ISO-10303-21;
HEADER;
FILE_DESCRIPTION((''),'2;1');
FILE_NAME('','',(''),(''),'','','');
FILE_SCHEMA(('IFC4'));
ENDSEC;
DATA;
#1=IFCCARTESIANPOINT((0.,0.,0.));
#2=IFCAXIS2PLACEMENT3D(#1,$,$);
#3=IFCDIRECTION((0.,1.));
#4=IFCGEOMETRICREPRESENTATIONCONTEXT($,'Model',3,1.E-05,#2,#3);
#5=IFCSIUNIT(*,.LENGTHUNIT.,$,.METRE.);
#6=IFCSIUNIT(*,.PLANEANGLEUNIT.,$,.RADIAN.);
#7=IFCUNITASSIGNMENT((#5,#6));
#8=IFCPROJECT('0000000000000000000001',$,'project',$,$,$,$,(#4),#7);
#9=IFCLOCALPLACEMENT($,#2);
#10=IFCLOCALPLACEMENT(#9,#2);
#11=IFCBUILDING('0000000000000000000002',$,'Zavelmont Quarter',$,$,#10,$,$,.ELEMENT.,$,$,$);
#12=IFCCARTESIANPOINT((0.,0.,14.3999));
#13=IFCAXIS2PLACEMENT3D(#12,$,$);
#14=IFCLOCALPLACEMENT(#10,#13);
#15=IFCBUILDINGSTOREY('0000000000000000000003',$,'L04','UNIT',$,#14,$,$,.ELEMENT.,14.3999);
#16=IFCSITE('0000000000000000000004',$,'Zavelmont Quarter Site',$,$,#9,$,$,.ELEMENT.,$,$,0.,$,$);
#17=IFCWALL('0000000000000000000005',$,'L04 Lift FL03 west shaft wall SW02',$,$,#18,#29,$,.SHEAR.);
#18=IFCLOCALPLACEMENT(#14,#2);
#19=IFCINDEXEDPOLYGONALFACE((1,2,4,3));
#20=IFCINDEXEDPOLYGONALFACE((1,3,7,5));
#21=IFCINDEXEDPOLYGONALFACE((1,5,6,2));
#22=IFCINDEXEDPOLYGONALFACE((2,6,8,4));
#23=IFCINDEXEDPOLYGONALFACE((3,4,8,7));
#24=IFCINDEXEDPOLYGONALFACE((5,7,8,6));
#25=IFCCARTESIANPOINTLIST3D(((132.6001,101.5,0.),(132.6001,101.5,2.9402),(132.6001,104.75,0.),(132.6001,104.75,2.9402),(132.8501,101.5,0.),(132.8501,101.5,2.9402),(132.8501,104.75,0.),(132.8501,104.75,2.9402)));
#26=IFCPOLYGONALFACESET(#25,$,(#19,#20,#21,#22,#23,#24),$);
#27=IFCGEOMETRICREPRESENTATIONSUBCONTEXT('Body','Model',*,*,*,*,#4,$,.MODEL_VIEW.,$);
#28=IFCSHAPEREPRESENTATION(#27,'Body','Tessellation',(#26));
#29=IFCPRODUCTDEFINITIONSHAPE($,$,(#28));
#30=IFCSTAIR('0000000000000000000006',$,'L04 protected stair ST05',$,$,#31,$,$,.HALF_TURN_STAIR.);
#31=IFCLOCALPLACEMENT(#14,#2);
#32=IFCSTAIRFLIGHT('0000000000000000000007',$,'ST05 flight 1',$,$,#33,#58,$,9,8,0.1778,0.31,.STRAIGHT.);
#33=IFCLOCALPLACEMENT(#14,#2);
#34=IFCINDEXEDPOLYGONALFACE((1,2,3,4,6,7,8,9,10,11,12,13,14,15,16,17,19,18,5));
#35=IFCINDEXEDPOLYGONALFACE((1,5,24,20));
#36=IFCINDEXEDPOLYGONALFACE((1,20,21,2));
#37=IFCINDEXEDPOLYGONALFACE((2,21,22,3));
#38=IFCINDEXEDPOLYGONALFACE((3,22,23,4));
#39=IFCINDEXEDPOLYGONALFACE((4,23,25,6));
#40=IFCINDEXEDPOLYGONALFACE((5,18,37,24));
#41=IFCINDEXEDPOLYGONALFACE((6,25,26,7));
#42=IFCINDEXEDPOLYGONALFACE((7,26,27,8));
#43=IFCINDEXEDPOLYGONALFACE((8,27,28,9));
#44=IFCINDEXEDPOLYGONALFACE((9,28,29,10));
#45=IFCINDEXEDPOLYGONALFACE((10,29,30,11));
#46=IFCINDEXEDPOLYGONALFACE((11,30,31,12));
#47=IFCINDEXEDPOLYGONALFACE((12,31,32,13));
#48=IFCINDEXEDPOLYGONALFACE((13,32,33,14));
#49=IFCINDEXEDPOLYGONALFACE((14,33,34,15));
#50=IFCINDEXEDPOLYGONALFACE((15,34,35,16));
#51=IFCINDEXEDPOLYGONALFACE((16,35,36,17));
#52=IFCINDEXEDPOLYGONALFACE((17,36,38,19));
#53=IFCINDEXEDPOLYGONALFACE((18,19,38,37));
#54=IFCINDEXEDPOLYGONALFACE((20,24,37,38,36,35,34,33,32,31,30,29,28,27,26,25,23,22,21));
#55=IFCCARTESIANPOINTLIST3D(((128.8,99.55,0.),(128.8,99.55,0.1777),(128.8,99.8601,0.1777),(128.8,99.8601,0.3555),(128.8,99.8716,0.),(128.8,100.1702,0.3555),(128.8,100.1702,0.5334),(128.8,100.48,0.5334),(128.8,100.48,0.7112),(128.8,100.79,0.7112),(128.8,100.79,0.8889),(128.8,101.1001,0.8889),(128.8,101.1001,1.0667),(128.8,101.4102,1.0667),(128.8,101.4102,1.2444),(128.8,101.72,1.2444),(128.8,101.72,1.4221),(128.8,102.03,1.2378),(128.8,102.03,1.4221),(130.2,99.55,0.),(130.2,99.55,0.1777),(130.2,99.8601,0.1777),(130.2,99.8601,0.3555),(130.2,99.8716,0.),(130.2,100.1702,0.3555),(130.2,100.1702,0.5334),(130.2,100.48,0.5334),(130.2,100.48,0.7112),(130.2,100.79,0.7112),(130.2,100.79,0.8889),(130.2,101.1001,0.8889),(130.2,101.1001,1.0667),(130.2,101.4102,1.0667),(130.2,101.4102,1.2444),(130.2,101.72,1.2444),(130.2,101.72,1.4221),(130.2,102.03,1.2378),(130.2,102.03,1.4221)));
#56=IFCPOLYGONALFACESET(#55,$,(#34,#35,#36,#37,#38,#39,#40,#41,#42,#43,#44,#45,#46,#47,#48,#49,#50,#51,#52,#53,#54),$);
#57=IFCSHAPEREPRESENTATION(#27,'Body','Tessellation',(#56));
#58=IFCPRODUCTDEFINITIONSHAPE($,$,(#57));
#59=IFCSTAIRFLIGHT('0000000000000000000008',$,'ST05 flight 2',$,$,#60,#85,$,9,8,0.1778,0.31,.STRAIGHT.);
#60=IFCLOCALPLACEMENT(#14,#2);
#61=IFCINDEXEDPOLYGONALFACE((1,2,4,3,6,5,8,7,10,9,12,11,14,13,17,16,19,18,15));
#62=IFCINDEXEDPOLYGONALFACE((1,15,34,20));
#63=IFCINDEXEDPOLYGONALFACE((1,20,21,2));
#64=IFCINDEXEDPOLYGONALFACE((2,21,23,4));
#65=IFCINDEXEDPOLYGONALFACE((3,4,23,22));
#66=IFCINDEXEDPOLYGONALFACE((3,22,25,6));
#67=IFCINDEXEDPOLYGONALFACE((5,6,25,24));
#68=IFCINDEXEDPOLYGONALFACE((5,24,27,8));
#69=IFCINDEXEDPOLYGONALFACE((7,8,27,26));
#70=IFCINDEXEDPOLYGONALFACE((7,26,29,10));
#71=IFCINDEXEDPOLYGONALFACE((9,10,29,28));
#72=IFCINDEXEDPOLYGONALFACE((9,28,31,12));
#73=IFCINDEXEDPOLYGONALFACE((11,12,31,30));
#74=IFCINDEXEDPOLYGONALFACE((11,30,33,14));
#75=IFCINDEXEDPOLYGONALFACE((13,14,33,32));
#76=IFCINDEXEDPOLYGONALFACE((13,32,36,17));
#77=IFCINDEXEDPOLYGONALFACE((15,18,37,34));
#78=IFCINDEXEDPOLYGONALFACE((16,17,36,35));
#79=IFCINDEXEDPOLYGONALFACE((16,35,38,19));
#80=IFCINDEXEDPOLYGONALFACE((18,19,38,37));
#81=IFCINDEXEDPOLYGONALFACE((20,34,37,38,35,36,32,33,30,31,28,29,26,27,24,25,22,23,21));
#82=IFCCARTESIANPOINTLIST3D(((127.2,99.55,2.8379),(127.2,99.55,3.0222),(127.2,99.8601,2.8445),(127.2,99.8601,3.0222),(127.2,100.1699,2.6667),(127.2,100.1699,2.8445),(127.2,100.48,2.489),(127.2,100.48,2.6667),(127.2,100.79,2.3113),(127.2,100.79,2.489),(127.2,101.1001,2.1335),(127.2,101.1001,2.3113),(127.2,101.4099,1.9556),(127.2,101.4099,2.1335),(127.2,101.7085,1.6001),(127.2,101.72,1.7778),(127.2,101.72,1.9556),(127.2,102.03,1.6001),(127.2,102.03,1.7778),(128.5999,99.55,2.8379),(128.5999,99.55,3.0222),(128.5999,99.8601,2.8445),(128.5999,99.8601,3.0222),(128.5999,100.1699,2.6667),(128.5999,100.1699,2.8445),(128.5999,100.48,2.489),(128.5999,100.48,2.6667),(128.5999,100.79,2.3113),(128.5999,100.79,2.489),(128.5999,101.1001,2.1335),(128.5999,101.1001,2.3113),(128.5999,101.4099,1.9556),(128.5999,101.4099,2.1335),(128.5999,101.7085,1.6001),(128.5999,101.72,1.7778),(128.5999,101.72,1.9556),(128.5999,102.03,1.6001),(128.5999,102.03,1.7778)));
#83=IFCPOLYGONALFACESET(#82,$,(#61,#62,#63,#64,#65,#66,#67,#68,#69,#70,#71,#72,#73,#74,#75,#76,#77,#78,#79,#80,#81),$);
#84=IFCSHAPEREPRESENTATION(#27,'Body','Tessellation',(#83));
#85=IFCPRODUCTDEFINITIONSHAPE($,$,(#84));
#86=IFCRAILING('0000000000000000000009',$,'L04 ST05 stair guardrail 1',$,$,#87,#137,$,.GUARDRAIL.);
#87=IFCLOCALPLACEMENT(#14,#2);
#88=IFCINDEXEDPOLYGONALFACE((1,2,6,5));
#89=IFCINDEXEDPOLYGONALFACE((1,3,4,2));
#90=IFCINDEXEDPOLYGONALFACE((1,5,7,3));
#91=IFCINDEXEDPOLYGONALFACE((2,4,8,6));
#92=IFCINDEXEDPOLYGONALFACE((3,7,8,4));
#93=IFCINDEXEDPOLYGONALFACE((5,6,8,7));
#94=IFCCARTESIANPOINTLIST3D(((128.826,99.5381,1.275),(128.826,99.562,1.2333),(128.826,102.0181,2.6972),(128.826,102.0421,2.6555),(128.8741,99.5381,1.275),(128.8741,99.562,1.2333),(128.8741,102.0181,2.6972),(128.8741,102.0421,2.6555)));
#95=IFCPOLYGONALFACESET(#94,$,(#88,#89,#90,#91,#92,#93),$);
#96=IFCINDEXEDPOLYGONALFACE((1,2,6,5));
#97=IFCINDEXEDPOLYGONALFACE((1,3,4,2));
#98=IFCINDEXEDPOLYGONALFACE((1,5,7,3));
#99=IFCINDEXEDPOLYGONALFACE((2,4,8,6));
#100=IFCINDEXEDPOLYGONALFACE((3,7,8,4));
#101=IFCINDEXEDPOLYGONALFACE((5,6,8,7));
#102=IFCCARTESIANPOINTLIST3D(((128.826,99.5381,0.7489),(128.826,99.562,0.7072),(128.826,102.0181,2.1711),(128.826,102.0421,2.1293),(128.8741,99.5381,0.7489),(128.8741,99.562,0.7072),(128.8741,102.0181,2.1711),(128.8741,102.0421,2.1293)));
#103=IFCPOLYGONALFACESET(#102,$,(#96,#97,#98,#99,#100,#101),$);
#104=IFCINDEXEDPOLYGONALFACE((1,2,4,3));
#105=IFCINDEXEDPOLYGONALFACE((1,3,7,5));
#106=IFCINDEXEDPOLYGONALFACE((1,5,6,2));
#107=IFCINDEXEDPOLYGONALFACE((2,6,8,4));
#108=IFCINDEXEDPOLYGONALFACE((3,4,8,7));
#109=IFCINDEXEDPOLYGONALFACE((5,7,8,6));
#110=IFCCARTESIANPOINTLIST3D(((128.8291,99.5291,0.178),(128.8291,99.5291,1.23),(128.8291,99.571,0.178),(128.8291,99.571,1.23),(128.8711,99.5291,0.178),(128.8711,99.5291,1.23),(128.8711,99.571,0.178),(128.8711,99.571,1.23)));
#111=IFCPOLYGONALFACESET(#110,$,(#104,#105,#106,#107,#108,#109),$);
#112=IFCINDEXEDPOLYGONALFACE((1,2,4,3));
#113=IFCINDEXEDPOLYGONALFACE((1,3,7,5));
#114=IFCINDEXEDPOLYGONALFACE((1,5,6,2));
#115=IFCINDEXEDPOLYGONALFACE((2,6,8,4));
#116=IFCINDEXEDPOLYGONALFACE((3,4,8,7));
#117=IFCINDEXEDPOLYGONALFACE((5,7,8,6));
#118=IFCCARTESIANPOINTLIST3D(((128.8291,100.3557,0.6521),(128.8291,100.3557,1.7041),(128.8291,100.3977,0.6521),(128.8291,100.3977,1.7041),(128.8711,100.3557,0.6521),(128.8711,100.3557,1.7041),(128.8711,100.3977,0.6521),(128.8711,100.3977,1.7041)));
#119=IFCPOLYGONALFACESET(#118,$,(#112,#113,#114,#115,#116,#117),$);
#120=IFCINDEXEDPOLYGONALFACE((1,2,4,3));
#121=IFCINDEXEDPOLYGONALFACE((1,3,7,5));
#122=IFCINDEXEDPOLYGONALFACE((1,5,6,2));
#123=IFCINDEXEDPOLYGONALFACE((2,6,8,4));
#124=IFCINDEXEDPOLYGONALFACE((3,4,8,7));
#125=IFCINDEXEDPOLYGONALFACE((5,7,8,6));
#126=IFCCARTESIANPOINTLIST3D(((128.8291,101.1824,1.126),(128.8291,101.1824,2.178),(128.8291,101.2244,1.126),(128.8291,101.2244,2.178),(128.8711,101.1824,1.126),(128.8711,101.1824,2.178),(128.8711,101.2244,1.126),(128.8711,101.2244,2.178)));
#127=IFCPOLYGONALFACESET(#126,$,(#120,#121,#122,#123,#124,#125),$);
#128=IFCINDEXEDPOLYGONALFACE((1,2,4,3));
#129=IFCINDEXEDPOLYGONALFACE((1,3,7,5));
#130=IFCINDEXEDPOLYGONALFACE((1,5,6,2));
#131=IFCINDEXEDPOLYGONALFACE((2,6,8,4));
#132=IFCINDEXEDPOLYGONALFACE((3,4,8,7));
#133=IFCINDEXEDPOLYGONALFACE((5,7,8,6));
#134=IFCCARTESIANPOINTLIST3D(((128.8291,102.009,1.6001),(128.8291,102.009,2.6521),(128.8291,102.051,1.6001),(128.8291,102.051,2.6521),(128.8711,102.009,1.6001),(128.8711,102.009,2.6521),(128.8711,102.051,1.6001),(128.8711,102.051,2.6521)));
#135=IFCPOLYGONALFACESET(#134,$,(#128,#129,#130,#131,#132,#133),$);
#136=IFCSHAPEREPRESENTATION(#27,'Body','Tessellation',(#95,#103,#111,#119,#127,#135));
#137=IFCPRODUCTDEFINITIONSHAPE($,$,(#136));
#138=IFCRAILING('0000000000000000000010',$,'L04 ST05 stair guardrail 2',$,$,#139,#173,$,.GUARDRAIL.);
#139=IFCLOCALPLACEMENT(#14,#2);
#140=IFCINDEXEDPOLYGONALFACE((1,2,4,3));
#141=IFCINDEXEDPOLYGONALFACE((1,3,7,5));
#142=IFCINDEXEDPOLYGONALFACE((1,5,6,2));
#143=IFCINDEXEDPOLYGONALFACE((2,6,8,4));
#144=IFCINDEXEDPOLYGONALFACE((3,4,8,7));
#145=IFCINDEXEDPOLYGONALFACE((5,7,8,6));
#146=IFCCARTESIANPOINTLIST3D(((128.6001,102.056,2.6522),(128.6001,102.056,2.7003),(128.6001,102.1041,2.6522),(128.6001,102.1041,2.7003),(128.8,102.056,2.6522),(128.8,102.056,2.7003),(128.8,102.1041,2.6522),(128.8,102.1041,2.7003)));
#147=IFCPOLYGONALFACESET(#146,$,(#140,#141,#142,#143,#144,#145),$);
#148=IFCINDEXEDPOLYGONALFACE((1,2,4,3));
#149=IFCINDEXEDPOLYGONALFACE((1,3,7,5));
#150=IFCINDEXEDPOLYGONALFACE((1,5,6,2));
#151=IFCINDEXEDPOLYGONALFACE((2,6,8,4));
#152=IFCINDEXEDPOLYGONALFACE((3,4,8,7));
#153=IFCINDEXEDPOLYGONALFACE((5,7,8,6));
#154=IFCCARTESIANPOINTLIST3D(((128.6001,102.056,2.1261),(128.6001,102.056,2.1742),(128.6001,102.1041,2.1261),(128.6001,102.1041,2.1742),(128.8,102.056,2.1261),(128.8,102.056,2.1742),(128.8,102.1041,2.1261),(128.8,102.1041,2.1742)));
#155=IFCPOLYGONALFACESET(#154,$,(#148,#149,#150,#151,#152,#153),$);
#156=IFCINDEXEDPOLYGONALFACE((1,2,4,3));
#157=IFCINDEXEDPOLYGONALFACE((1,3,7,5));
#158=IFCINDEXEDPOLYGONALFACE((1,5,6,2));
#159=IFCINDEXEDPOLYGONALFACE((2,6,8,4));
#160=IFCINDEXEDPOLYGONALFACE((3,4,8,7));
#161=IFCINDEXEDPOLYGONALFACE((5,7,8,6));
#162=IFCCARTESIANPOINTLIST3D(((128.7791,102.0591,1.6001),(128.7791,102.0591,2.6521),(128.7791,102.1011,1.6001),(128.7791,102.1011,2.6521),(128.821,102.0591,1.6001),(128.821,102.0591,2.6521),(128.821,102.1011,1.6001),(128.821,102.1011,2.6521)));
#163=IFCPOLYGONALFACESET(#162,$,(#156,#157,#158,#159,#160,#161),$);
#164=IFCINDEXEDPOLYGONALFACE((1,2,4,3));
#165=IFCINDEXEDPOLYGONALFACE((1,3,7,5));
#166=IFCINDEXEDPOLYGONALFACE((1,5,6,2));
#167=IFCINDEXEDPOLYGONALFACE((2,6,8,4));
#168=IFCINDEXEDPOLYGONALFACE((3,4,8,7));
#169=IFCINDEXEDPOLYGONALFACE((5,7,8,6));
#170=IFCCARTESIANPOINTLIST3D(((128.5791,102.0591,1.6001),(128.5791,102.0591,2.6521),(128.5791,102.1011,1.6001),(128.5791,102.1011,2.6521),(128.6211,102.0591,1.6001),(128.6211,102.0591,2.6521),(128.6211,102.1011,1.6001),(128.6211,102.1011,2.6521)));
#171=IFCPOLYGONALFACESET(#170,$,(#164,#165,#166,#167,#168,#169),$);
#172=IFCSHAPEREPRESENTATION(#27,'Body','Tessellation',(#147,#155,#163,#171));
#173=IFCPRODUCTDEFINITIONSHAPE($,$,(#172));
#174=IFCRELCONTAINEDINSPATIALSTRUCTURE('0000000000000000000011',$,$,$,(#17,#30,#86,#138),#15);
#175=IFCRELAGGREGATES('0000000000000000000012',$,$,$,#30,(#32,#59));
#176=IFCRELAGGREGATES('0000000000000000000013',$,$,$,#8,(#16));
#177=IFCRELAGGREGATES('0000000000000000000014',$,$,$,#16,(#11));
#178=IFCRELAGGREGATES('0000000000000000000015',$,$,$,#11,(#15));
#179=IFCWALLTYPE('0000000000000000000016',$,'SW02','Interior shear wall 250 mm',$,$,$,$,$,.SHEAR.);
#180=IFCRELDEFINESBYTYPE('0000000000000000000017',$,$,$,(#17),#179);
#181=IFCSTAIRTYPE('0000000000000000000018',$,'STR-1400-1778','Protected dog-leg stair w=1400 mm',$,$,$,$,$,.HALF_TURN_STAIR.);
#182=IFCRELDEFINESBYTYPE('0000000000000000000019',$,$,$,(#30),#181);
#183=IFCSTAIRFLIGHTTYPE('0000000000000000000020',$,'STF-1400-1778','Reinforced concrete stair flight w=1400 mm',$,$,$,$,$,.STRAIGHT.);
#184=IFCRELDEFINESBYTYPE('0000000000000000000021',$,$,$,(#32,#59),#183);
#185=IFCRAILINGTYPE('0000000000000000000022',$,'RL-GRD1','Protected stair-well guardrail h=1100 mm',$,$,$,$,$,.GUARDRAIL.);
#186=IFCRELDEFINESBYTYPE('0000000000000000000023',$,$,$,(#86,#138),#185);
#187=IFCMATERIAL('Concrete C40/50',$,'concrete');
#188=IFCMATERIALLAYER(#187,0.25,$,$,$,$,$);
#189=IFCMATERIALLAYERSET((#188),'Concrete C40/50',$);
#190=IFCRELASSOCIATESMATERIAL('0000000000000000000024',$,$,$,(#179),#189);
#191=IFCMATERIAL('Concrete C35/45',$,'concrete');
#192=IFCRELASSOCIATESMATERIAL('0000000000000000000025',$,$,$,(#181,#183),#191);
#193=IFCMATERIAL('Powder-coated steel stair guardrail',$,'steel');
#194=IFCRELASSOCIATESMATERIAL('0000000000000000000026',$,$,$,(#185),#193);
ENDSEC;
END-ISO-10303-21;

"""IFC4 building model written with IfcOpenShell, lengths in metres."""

from ifc_helpers import new_model, si_unit, direction, frame, frame_2d, origin, origin_2d, place, context, subcontext, project, spatial, polyline, rectangle, outline, extrude, material, layer, layer_set, type_object, element, aggregate, save


model = new_model("IFC4")

# Units and contexts
model_context = context("Model", 3, precision=1e-05, world=origin(), true_north=direction((0.0, 1.0)))
body_context = subcontext(model_context, "Body", "Model", "MODEL_VIEW")
ifc_project = project(units=[si_unit("LENGTHUNIT", "METRE"), si_unit("PLANEANGLEUNIT", "RADIAN")], contexts=[model_context])

# Site, building, storey
site_placement = place(None, origin())
site = spatial("IfcSite", under=ifc_project, at=site_placement, Name="Zavelmont Quarter Site", CompositionType="ELEMENT", RefElevation=0.0)
building_placement = place(site_placement, origin())
building = spatial("IfcBuilding", under=site, at=building_placement, Name="Zavelmont Quarter", CompositionType="ELEMENT")
storey_placement = place(building_placement, frame((0.0, 0.0, 14.3999)))
storey = spatial("IfcBuildingStorey", under=building, at=storey_placement, Name="L04", Description="UNIT", CompositionType="ELEMENT", Elevation=14.3999)

# Shared definitions
ifc_material_1 = material(Name="Concrete C35/45", Category="concrete")

# Shared definitions
ifc_material_2 = material(Name="Concrete C40/50", Category="concrete")

# Shared definitions
ifc_layer_1 = layer(ifc_material_2, 0.25)
ifc_layer_set_1 = layer_set([ifc_layer_1], Name="Concrete C40/50")
wall_type_1 = type_object("IfcWallType", Name="SW02", Description="Interior shear wall 250 mm", PredefinedType="SHEAR", material=ifc_layer_set_1)

# Wall
wall_1_placement = place(storey_placement, frame((132.7251, 101.5, 0.0), z_axis=(0.0, 0.0, 1.0), x_axis=(0.0, 1.0, 0.0)))
element("IfcWall", 1, at=wall_1_placement, inside=storey, type_object=wall_type_1, Name="L04 Lift FL03 west shaft wall SW02", PredefinedType="SHEAR", context=body_context, shape_type="SweptSolid", body=[
    extrude(rectangle(XDim=3.25, YDim=0.25, at=frame_2d((1.625, 0.0))), origin(), (0.0, 0.0, 1.0), 2.9402),
])

# Stair, stair flights
stair_type = type_object("IfcStairType", Name="STR-1400-1778", Description="Protected dog-leg stair w=1400 mm", PredefinedType="HALF_TURN_STAIR", material=ifc_material_1)
stair_placement = place(storey_placement, origin())
stair = element("IfcStair", 2, at=stair_placement, inside=storey, type_object=stair_type, Name="L04 protected stair ST05", PredefinedType="HALF_TURN_STAIR")
stair_flight_type = type_object("IfcStairFlightType", Name="STF-1400-1778", Description="Reinforced concrete stair flight w=1400 mm", PredefinedType="STRAIGHT", material=ifc_material_1)
stair_flight_1_placement = place(storey_placement, frame((129.5, 99.55, 0.0), z_axis=(0.0, 0.0, 1.0), x_axis=(0.0, 1.0, 0.0)))
stair_flight_1 = element("IfcStairFlight", 3, at=stair_flight_1_placement, type_object=stair_flight_type, Name="ST05 flight 1", NumberOfRisers=9, NumberOfTreads=8, PredefinedType="STRAIGHT", RiserHeight=0.1778, TreadLength=0.31, context=body_context, shape_type="SweptSolid", body=[
    extrude(outline(polyline([(0.0, 0.0), (0.0, 0.1777), (0.3101, 0.1777), (0.3101, 0.3555), (0.6201, 0.3555), (0.6201, 0.5334), (0.9299, 0.5334), (0.9299, 0.7112), (1.24, 0.7112), (1.24, 0.8889), (1.55, 0.8889), (1.55, 1.0667), (1.8601, 1.0667), (1.8601, 1.2444), (2.1699, 1.2444), (2.1699, 1.4221), (2.48, 1.4221), (2.48, 1.6001), (2.48, 1.2378), (0.3215, 0.0), (0.0, 0.0)])), frame((0.0, 0.7, 0.0), z_axis=(0.0, -1.0, 0.0), x_axis=(1.0, 0.0, 0.0)), (0.0, 0.0, 1.0), 1.3999),
])
stair_flight_2_placement = place(storey_placement, frame((127.8999, 102.03, 1.6001), z_axis=(0.0, 0.0, 1.0), x_axis=(0.0, -1.0, 0.0)))
stair_flight_2 = element("IfcStairFlight", 4, at=stair_flight_2_placement, type_object=stair_flight_type, Name="ST05 flight 2", NumberOfRisers=9, NumberOfTreads=8, PredefinedType="STRAIGHT", RiserHeight=0.1778, TreadLength=0.31, context=body_context, shape_type="SweptSolid", body=[
    extrude(outline(polyline([(0.0, 0.0), (0.0, 0.1777), (0.3101, 0.1777), (0.3101, 0.3555), (0.6201, 0.3555), (0.6201, 0.5334), (0.9299, 0.5334), (0.9299, 0.7112), (1.24, 0.7112), (1.24, 0.8889), (1.55, 0.8889), (1.55, 1.0667), (1.8601, 1.0667), (1.8601, 1.2444), (2.1699, 1.2444), (2.1699, 1.4221), (2.48, 1.4221), (2.48, 1.6001), (2.48, 1.2378), (0.3215, 0.0), (0.0, 0.0)])), frame((0.0, 0.7, 0.0), z_axis=(0.0, -1.0, 0.0), x_axis=(1.0, 0.0, 0.0)), (0.0, 0.0, 1.0), 1.3999),
])
aggregate(stair, [stair_flight_1, stair_flight_2])

# Railings
ifc_material_3 = material(Name="Powder-coated steel stair guardrail", Category="steel")
railing_type_1 = type_object("IfcRailingType", Name="RL-GRD1", Description="Protected stair-well guardrail h=1100 mm", PredefinedType="GUARDRAIL", material=ifc_material_3)
railing_1_placement = place(storey_placement, frame((128.8501, 99.55, 0.178)))
element("IfcRailing", 5, at=railing_1_placement, inside=storey, type_object=railing_type_1, Name="L04 ST05 stair guardrail 1", PredefinedType="GUARDRAIL", context=body_context, shape_type="SweptSolid", body=[
    extrude(rectangle(XDim=0.0481, YDim=0.0481, at=origin_2d()), frame((0.0, 0.0, 1.0762), z_axis=(0.0, 0.867491, 0.497454), x_axis=(-1.0, 0.0, 0.0)), (0.0, 0.0, 1.0), 2.8589),
    extrude(rectangle(XDim=0.0481, YDim=0.0481, at=origin_2d()), frame((0.0, 0.0, 0.55), z_axis=(0.0, 0.867491, 0.497454), x_axis=(-1.0, 0.0, 0.0)), (0.0, 0.0, 1.0), 2.8589),
    extrude(rectangle(XDim=0.042, YDim=0.042, at=origin_2d()), origin(), (0.0, 0.0, 1.0), 1.052),
    extrude(rectangle(XDim=0.042, YDim=0.042, at=origin_2d()), frame((0.0, 0.8267, 0.4741)), (0.0, 0.0, 1.0), 1.052),
    extrude(rectangle(XDim=0.042, YDim=0.042, at=origin_2d()), frame((0.0, 1.6533, 0.948)), (0.0, 0.0, 1.0), 1.052),
    extrude(rectangle(XDim=0.042, YDim=0.042, at=origin_2d()), frame((0.0, 2.48, 1.4221)), (0.0, 0.0, 1.0), 1.052),
])
railing_2_placement = place(storey_placement, frame((128.8, 102.0801, 1.6001)))
element("IfcRailing", 6, at=railing_2_placement, inside=storey, type_object=railing_type_1, Name="L04 ST05 stair guardrail 2", PredefinedType="GUARDRAIL", context=body_context, shape_type="SweptSolid", body=[
    extrude(rectangle(XDim=0.0481, YDim=0.0481, at=origin_2d()), frame((0.0, 0.0, 1.0762), z_axis=(-1.0, 0.0, 0.0), x_axis=(0.0, -1.0, 0.0)), (0.0, 0.0, 1.0), 0.2),
    extrude(rectangle(XDim=0.0481, YDim=0.0481, at=origin_2d()), frame((0.0, 0.0, 0.55), z_axis=(-1.0, 0.0, 0.0), x_axis=(0.0, -1.0, 0.0)), (0.0, 0.0, 1.0), 0.2),
    extrude(rectangle(XDim=0.042, YDim=0.042, at=origin_2d()), origin(), (0.0, 0.0, 1.0), 1.052),
    extrude(rectangle(XDim=0.042, YDim=0.042, at=origin_2d()), frame((-0.2, 0.0, 0.0)), (0.0, 0.0, 1.0), 1.052),
])

save(model, "model.ifc")
